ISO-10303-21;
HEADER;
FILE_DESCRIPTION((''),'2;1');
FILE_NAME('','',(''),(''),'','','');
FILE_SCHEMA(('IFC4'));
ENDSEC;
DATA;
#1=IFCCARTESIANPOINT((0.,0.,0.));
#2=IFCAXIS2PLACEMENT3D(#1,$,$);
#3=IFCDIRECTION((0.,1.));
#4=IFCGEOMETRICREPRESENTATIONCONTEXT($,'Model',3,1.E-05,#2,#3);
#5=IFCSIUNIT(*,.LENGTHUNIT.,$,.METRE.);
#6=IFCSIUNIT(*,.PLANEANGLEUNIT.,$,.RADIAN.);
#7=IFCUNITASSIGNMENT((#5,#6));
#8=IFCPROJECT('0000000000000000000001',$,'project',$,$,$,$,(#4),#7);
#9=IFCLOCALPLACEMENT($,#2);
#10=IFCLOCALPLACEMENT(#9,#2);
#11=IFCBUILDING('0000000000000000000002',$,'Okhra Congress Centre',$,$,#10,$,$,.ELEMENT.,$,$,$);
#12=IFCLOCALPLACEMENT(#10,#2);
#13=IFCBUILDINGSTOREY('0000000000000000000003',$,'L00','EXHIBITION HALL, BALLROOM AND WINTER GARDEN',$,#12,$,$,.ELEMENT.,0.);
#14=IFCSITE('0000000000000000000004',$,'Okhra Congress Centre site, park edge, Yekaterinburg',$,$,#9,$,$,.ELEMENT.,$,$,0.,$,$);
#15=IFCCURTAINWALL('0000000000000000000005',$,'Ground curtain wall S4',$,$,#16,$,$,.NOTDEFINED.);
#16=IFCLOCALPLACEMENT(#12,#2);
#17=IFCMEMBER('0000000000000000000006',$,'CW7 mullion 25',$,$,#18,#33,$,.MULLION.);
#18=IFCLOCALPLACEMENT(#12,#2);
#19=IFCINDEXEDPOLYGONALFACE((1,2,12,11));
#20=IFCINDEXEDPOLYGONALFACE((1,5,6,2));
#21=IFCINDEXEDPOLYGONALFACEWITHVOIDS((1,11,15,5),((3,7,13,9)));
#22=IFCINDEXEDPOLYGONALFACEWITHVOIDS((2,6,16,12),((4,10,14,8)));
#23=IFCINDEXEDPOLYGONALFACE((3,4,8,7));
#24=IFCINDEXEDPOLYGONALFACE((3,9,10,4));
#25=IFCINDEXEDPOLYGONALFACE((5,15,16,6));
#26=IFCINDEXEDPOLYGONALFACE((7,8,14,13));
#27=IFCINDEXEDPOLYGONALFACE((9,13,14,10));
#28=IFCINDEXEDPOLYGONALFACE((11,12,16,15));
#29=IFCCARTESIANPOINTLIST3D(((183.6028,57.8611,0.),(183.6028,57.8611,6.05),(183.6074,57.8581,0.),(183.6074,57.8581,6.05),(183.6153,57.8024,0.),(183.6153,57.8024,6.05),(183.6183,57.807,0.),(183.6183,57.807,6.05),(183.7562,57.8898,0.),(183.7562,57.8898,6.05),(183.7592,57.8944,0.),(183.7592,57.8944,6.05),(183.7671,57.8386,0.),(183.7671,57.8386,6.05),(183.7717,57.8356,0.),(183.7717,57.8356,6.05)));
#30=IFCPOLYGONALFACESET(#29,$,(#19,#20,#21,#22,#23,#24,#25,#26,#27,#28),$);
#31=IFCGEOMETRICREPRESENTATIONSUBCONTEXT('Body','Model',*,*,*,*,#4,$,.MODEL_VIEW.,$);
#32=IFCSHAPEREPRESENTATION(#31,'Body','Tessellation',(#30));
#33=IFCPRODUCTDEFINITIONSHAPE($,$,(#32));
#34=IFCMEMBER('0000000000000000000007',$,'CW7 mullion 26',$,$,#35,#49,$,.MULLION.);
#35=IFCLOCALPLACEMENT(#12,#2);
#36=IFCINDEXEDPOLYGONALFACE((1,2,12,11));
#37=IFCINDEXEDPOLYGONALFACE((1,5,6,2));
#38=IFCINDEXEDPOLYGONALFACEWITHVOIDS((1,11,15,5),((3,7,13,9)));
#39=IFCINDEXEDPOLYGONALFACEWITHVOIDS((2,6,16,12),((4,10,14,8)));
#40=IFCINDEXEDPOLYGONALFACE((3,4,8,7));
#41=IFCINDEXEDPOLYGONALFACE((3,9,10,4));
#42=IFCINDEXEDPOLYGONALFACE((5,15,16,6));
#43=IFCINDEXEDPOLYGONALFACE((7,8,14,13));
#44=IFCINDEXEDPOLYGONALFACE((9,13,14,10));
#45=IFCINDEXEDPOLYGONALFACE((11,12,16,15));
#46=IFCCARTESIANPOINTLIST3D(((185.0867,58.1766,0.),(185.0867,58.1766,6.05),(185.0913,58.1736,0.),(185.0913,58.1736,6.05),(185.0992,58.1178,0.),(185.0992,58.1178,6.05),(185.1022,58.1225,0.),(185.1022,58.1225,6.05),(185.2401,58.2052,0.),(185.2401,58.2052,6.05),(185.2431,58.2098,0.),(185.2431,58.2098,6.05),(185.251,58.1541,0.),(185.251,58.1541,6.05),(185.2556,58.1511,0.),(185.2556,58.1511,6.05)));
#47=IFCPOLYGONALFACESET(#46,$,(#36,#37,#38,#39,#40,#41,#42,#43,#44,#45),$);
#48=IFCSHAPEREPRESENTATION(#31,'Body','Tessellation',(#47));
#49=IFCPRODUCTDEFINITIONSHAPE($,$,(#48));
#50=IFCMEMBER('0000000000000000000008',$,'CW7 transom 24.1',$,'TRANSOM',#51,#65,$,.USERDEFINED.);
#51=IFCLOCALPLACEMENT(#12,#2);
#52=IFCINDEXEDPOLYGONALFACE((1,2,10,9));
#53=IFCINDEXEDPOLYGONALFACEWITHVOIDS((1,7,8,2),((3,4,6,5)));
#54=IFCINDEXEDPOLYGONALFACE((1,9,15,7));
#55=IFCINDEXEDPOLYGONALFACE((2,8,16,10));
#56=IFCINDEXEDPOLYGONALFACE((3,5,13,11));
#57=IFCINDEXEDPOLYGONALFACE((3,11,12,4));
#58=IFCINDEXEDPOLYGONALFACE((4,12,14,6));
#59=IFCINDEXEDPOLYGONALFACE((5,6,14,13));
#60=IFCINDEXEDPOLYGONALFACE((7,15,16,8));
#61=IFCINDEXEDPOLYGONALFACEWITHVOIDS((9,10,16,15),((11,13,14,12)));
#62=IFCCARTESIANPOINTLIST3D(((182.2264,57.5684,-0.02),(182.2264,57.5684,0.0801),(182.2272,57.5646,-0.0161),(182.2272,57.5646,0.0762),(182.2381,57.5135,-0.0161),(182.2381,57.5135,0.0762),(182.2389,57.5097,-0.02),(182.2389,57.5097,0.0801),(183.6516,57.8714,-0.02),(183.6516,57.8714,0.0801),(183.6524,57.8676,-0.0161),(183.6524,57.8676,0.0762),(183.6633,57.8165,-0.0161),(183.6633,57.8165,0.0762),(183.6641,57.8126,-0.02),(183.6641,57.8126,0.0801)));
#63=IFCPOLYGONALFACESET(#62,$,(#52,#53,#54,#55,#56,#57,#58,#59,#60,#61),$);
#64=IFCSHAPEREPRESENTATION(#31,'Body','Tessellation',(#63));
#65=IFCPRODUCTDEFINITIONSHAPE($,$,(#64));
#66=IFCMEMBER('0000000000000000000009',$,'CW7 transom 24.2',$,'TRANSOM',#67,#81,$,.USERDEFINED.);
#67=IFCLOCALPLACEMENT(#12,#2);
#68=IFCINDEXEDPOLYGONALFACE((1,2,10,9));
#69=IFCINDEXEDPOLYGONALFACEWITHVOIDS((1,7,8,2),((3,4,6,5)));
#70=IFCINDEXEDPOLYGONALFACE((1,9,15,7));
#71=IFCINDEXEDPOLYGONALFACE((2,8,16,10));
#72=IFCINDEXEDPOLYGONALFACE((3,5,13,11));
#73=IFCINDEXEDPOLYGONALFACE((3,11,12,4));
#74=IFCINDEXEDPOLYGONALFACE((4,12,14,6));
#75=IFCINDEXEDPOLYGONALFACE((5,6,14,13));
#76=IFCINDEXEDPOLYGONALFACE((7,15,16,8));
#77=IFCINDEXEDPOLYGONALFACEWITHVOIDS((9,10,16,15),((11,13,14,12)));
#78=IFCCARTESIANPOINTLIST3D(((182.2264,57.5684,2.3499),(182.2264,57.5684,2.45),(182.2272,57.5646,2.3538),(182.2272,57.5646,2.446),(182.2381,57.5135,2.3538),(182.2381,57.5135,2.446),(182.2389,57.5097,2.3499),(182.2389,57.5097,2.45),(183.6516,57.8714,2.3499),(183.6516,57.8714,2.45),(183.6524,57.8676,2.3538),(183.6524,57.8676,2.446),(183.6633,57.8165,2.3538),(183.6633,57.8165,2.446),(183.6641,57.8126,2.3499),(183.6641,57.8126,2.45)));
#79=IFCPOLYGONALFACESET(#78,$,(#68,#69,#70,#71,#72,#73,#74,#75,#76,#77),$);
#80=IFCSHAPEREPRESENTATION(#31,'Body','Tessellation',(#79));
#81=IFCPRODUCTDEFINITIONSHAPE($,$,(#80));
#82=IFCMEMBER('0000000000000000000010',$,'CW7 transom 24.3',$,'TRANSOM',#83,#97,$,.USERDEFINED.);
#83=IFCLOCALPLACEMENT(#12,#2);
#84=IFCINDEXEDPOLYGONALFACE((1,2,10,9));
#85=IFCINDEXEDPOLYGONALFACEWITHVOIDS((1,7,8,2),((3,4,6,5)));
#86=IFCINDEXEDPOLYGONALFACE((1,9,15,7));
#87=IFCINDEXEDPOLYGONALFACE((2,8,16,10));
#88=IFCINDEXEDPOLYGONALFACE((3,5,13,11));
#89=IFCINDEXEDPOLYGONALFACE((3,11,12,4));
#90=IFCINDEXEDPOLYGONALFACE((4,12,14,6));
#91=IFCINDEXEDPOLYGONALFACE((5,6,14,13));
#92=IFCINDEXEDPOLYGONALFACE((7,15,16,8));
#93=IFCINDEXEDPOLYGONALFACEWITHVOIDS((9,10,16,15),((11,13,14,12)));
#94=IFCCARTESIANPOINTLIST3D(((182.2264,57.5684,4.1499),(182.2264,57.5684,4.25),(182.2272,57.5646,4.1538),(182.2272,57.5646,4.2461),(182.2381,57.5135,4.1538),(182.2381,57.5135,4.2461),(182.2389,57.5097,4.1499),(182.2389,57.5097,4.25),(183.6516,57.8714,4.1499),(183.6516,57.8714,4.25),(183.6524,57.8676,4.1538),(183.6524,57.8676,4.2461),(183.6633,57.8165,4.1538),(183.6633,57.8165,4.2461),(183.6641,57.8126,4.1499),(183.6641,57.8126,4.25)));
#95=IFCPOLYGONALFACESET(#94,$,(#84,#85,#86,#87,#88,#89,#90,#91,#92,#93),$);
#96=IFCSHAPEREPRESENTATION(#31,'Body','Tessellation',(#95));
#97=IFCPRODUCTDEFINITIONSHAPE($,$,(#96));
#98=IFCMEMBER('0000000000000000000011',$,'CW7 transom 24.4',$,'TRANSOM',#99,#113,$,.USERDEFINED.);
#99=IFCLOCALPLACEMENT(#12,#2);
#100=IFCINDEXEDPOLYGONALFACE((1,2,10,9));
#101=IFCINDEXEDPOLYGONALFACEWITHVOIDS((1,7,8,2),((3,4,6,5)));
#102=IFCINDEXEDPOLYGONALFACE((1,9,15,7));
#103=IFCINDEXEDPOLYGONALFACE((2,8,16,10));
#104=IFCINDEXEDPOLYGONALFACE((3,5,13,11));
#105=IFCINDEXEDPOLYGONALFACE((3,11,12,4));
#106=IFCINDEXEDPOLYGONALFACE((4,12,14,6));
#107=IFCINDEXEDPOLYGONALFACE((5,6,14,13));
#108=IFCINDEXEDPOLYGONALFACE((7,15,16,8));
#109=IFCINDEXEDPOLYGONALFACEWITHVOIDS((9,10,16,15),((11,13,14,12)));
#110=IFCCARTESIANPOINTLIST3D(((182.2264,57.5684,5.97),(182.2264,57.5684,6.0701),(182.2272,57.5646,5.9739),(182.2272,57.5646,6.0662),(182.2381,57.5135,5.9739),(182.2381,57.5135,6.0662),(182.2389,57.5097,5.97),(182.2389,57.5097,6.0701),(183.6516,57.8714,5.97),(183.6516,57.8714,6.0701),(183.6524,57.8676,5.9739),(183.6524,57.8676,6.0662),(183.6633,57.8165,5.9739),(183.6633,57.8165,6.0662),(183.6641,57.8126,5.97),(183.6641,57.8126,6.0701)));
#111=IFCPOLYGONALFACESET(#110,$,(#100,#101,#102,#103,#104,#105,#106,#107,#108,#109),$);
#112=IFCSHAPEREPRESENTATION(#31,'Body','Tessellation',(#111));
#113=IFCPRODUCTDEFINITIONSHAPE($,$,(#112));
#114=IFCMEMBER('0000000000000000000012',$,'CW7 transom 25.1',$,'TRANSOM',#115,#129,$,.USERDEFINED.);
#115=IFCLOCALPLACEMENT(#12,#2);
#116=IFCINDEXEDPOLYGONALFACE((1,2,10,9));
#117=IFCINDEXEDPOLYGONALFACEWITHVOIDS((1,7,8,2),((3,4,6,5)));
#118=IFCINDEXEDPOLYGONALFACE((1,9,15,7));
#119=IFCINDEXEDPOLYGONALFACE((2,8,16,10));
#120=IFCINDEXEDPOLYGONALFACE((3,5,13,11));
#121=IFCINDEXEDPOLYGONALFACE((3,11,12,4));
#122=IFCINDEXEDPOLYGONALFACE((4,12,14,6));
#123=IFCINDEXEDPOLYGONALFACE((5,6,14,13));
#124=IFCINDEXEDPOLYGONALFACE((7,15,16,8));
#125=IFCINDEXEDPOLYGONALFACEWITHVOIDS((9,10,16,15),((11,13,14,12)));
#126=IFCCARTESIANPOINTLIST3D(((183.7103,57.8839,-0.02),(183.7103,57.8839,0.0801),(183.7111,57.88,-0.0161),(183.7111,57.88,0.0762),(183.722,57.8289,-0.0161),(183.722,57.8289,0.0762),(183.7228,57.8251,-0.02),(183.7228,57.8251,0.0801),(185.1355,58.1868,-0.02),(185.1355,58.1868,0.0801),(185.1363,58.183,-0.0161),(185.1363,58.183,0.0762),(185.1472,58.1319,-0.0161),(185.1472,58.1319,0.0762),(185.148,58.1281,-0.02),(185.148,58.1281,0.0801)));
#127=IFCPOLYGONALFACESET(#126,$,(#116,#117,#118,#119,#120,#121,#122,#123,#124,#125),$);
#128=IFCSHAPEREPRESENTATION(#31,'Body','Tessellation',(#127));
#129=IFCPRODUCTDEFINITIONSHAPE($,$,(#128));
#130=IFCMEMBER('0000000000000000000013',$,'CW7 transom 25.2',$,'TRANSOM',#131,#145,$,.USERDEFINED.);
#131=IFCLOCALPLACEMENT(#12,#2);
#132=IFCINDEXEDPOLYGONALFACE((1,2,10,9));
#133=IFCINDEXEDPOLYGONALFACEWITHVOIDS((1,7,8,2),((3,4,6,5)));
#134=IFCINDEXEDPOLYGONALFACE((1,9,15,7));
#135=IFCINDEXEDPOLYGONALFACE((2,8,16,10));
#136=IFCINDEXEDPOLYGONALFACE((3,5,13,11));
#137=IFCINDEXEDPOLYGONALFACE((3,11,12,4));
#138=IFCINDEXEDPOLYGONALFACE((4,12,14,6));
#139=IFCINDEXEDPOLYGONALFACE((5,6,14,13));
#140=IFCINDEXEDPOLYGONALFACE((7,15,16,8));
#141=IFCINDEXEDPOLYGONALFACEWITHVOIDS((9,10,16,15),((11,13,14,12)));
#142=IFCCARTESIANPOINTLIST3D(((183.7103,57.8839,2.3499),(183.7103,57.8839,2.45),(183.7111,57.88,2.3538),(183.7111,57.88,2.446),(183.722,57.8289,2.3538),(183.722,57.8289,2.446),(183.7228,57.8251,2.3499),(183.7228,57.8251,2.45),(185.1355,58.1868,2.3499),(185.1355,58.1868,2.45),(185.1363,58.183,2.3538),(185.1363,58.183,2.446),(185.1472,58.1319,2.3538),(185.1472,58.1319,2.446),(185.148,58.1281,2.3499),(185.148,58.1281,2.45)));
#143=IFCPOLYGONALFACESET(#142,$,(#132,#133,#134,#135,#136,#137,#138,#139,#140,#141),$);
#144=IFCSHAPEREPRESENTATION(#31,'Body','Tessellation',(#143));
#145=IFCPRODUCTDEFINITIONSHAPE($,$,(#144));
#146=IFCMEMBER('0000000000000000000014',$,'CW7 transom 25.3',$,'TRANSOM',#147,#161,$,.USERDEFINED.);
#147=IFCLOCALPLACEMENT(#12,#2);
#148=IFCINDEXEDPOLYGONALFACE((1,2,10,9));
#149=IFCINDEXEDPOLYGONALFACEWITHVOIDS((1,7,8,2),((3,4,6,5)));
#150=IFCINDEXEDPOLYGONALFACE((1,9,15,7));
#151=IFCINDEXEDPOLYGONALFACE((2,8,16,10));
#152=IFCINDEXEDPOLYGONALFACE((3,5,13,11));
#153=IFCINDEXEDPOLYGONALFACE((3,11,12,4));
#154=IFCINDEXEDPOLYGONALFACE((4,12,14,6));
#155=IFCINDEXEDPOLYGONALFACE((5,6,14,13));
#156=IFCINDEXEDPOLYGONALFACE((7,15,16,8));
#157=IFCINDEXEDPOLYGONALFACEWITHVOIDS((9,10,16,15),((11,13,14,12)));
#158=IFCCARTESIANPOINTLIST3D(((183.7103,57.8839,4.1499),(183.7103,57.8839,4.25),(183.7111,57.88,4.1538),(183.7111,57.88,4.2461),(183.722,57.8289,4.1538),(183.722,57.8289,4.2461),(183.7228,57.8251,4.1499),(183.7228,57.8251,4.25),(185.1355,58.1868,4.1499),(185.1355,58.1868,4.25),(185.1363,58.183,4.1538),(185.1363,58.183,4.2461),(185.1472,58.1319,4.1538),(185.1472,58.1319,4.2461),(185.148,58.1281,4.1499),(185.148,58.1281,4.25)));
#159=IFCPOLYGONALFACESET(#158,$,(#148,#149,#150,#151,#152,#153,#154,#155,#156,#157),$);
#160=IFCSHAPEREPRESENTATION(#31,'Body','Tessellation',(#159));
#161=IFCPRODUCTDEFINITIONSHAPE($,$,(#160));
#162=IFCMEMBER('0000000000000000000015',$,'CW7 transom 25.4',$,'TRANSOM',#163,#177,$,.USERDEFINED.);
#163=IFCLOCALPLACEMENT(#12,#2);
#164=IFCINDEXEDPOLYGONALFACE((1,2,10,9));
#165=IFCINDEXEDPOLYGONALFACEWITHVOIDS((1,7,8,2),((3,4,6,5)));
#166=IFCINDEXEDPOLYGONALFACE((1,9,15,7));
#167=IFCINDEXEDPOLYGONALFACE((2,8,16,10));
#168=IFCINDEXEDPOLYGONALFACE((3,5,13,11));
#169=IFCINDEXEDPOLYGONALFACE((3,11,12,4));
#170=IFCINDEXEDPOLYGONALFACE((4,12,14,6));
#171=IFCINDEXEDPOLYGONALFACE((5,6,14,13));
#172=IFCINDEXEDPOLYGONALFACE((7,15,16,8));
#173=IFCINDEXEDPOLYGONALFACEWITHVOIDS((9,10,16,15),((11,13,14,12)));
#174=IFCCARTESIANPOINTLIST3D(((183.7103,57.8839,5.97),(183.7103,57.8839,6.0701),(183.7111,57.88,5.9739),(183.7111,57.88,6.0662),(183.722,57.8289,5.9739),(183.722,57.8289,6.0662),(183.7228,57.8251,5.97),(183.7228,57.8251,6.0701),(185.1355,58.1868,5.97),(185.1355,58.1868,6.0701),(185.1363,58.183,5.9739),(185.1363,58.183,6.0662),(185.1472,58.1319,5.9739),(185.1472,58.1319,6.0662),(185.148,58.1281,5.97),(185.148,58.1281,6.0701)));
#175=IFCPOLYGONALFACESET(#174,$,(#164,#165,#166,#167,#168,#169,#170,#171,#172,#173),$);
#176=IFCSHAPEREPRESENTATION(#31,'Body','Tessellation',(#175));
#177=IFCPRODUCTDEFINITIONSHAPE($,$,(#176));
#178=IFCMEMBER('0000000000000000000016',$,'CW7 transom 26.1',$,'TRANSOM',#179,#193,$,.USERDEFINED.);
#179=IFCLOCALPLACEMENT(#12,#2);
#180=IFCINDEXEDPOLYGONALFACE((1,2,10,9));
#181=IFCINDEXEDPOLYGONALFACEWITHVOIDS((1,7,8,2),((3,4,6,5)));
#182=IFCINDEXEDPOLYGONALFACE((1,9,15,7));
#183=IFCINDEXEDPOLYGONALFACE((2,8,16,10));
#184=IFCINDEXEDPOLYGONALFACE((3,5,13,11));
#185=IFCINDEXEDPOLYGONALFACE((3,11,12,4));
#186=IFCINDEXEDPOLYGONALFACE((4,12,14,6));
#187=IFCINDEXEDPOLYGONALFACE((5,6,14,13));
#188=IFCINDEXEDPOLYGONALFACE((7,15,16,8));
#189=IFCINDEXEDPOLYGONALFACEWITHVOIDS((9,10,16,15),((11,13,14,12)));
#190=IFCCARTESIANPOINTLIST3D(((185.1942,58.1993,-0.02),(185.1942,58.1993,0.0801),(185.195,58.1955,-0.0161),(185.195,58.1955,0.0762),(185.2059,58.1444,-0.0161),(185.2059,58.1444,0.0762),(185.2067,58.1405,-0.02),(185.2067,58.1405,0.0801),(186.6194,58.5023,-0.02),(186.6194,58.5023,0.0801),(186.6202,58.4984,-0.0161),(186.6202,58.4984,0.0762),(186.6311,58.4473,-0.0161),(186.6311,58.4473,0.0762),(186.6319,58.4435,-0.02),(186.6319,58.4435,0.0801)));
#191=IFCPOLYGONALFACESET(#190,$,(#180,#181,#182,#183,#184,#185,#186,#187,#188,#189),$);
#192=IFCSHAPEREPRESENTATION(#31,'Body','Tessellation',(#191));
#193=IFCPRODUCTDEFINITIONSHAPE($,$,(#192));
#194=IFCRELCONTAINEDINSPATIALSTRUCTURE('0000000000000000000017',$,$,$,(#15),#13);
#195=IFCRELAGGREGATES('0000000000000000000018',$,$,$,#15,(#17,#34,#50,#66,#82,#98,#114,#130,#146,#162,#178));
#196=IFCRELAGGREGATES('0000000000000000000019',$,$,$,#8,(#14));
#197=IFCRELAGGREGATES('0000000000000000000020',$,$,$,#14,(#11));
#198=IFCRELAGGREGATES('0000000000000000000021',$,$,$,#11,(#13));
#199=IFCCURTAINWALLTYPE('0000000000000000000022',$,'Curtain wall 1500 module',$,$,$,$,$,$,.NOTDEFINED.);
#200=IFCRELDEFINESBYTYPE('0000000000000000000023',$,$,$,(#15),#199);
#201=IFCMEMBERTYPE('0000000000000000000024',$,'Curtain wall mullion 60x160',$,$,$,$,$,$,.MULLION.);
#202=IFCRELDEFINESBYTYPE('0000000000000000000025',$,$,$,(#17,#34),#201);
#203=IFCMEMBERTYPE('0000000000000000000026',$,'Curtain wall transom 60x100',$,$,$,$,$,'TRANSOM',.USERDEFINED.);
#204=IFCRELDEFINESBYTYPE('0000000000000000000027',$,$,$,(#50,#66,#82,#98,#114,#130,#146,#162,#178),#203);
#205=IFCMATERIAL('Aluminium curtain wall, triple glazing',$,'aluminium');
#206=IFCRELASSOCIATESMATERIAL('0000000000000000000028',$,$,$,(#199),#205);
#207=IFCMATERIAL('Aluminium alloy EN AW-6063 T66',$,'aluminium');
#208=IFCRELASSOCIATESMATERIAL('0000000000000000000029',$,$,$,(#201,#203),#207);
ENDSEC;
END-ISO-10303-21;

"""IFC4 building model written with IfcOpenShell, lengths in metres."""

from ifc_helpers import new_model, si_unit, direction, frame, origin, origin_2d, place, context, subcontext, project, spatial, hollow_rectangle, extrude, material, material_profile, profile_set, type_object, element, aggregate, save


model = new_model("IFC4")

# Units and contexts
model_context = context("Model", 3, precision=1e-05, world=origin(), true_north=direction((0.0, 1.0)))
body_context = subcontext(model_context, "Body", "Model", "MODEL_VIEW")
ifc_project = project(units=[si_unit("LENGTHUNIT", "METRE"), si_unit("PLANEANGLEUNIT", "RADIAN")], contexts=[model_context])

# Site, building, storey
site_placement = place(None, origin())
site = spatial("IfcSite", under=ifc_project, at=site_placement, Name="Okhra Congress Centre site, park edge, Yekaterinburg", CompositionType="ELEMENT", RefElevation=0.0)
building_placement = place(site_placement, origin())
building = spatial("IfcBuilding", under=site, at=building_placement, Name="Okhra Congress Centre", CompositionType="ELEMENT")
storey_placement = place(building_placement, origin())
storey = spatial("IfcBuildingStorey", under=building, at=storey_placement, Name="L00", Description="EXHIBITION HALL, BALLROOM AND WINTER GARDEN", CompositionType="ELEMENT", Elevation=0.0)

# Curtain wall, members
ifc_material_1 = material(Name="Aluminium curtain wall, triple glazing", Category="aluminium")
curtain_wall_type = type_object("IfcCurtainWallType", Name="Curtain wall 1500 module", PredefinedType="NOTDEFINED", material=ifc_material_1)
curtain_wall_placement = place(storey_placement, origin())
curtain_wall = element("IfcCurtainWall", 1, at=curtain_wall_placement, inside=storey, type_object=curtain_wall_type, Name="Ground curtain wall S4", PredefinedType="NOTDEFINED")
ifc_material_2 = material(Name="Aluminium alloy EN AW-6063 T66", Category="aluminium")
ifc_material_profile_1 = material_profile(ifc_material_2, hollow_rectangle(XDim=0.0601, YDim=0.1599, WallThickness=0.0039, at=origin_2d()), Name="RHS 60x160x4")
ifc_profile_set_1 = profile_set([ifc_material_profile_1], Name="Aluminium alloy EN AW-6063 T66")
member_type_1 = type_object("IfcMemberType", Name="Curtain wall mullion 60x160", PredefinedType="MULLION", material=ifc_profile_set_1)
member_1_placement = place(storey_placement, frame((183.6873, 57.8484, 0.0), z_axis=(0.0, 0.0, 1.0), x_axis=(-0.207912, 0.978148, 0.0)))
member_1 = element("IfcMember", 2, at=member_1_placement, type_object=member_type_1, Name="CW7 mullion 25", PredefinedType="MULLION", context=body_context, shape_type="SweptSolid", body=[
    extrude(hollow_rectangle(XDim=0.0601, YDim=0.1599, WallThickness=0.0039, at=origin_2d()), origin(), (0.0, 0.0, 1.0), 6.05),
])
member_2_placement = place(storey_placement, frame((185.1711, 58.1638, 0.0), z_axis=(0.0, 0.0, 1.0), x_axis=(-0.207912, 0.978148, 0.0)))
member_2 = element("IfcMember", 3, at=member_2_placement, type_object=member_type_1, Name="CW7 mullion 26", PredefinedType="MULLION", context=body_context, shape_type="SweptSolid", body=[
    extrude(hollow_rectangle(XDim=0.0601, YDim=0.1599, WallThickness=0.0039, at=origin_2d()), origin(), (0.0, 0.0, 1.0), 6.05),
])
ifc_material_profile_2 = material_profile(ifc_material_2, hollow_rectangle(XDim=0.0601, YDim=0.1001, WallThickness=0.0039, at=origin_2d()), Name="RHS 60x100x4")
ifc_profile_set_2 = profile_set([ifc_material_profile_2], Name="Aluminium alloy EN AW-6063 T66")
member_type_2 = type_object("IfcMemberType", Name="Curtain wall transom 60x100", ElementType="TRANSOM", PredefinedType="USERDEFINED", material=ifc_profile_set_2)
member_3_placement = place(storey_placement, frame((182.2327, 57.5391, 0.03), z_axis=(0.978144, 0.207927, 0.0), x_axis=(-0.207927, 0.978144, 0.0)))
member_3 = element("IfcMember", 4, at=member_3_placement, type_object=member_type_2, Name="CW7 transom 24.1", ObjectType="TRANSOM", PredefinedType="USERDEFINED", context=body_context, shape_type="SweptSolid", body=[
    extrude(hollow_rectangle(XDim=0.0601, YDim=0.1001, WallThickness=0.0039, at=origin_2d()), origin(), (0.0, 0.0, 1.0), 1.457),
])
member_4_placement = place(storey_placement, frame((182.2327, 57.5391, 2.3999), z_axis=(0.978144, 0.207927, 0.0), x_axis=(-0.207927, 0.978144, 0.0)))
member_4 = element("IfcMember", 5, at=member_4_placement, type_object=member_type_2, Name="CW7 transom 24.2", ObjectType="TRANSOM", PredefinedType="USERDEFINED", context=body_context, shape_type="SweptSolid", body=[
    extrude(hollow_rectangle(XDim=0.0601, YDim=0.1001, WallThickness=0.0039, at=origin_2d()), origin(), (0.0, 0.0, 1.0), 1.457),
])
member_5_placement = place(storey_placement, frame((182.2327, 57.5391, 4.2), z_axis=(0.978144, 0.207927, 0.0), x_axis=(-0.207927, 0.978144, 0.0)))
member_5 = element("IfcMember", 6, at=member_5_placement, type_object=member_type_2, Name="CW7 transom 24.3", ObjectType="TRANSOM", PredefinedType="USERDEFINED", context=body_context, shape_type="SweptSolid", body=[
    extrude(hollow_rectangle(XDim=0.0601, YDim=0.1001, WallThickness=0.0039, at=origin_2d()), origin(), (0.0, 0.0, 1.0), 1.457),
])
member_6_placement = place(storey_placement, frame((182.2327, 57.5391, 6.02), z_axis=(0.978144, 0.207927, 0.0), x_axis=(-0.207927, 0.978144, 0.0)))
member_6 = element("IfcMember", 7, at=member_6_placement, type_object=member_type_2, Name="CW7 transom 24.4", ObjectType="TRANSOM", PredefinedType="USERDEFINED", context=body_context, shape_type="SweptSolid", body=[
    extrude(hollow_rectangle(XDim=0.0601, YDim=0.1001, WallThickness=0.0039, at=origin_2d()), origin(), (0.0, 0.0, 1.0), 1.457),
])
member_7_placement = place(storey_placement, frame((183.7166, 57.8545, 0.03), z_axis=(0.978144, 0.207927, 0.0), x_axis=(-0.207927, 0.978144, 0.0)))
member_7 = element("IfcMember", 8, at=member_7_placement, type_object=member_type_2, Name="CW7 transom 25.1", ObjectType="TRANSOM", PredefinedType="USERDEFINED", context=body_context, shape_type="SweptSolid", body=[
    extrude(hollow_rectangle(XDim=0.0601, YDim=0.1001, WallThickness=0.0039, at=origin_2d()), origin(), (0.0, 0.0, 1.0), 1.457),
])
member_8_placement = place(storey_placement, frame((183.7166, 57.8545, 2.3999), z_axis=(0.978144, 0.207927, 0.0), x_axis=(-0.207927, 0.978144, 0.0)))
member_8 = element("IfcMember", 9, at=member_8_placement, type_object=member_type_2, Name="CW7 transom 25.2", ObjectType="TRANSOM", PredefinedType="USERDEFINED", context=body_context, shape_type="SweptSolid", body=[
    extrude(hollow_rectangle(XDim=0.0601, YDim=0.1001, WallThickness=0.0039, at=origin_2d()), origin(), (0.0, 0.0, 1.0), 1.457),
])
member_9_placement = place(storey_placement, frame((183.7166, 57.8545, 4.2), z_axis=(0.978144, 0.207927, 0.0), x_axis=(-0.207927, 0.978144, 0.0)))
member_9 = element("IfcMember", 10, at=member_9_placement, type_object=member_type_2, Name="CW7 transom 25.3", ObjectType="TRANSOM", PredefinedType="USERDEFINED", context=body_context, shape_type="SweptSolid", body=[
    extrude(hollow_rectangle(XDim=0.0601, YDim=0.1001, WallThickness=0.0039, at=origin_2d()), origin(), (0.0, 0.0, 1.0), 1.457),
])
member_10_placement = place(storey_placement, frame((183.7166, 57.8545, 6.02), z_axis=(0.978144, 0.207927, 0.0), x_axis=(-0.207927, 0.978144, 0.0)))
member_10 = element("IfcMember", 11, at=member_10_placement, type_object=member_type_2, Name="CW7 transom 25.4", ObjectType="TRANSOM", PredefinedType="USERDEFINED", context=body_context, shape_type="SweptSolid", body=[
    extrude(hollow_rectangle(XDim=0.0601, YDim=0.1001, WallThickness=0.0039, at=origin_2d()), origin(), (0.0, 0.0, 1.0), 1.457),
])
member_11_placement = place(storey_placement, frame((185.2004, 58.1699, 0.03), z_axis=(0.978144, 0.207927, 0.0), x_axis=(-0.207927, 0.978144, 0.0)))
member_11 = element("IfcMember", 12, at=member_11_placement, type_object=member_type_2, Name="CW7 transom 26.1", ObjectType="TRANSOM", PredefinedType="USERDEFINED", context=body_context, shape_type="SweptSolid", body=[
    extrude(hollow_rectangle(XDim=0.0601, YDim=0.1001, WallThickness=0.0039, at=origin_2d()), origin(), (0.0, 0.0, 1.0), 1.457),
])
aggregate(curtain_wall, [member_1, member_2, member_3, member_4, member_5, member_6, member_7, member_8, member_9, member_10, member_11])

save(model, "model.ifc")
